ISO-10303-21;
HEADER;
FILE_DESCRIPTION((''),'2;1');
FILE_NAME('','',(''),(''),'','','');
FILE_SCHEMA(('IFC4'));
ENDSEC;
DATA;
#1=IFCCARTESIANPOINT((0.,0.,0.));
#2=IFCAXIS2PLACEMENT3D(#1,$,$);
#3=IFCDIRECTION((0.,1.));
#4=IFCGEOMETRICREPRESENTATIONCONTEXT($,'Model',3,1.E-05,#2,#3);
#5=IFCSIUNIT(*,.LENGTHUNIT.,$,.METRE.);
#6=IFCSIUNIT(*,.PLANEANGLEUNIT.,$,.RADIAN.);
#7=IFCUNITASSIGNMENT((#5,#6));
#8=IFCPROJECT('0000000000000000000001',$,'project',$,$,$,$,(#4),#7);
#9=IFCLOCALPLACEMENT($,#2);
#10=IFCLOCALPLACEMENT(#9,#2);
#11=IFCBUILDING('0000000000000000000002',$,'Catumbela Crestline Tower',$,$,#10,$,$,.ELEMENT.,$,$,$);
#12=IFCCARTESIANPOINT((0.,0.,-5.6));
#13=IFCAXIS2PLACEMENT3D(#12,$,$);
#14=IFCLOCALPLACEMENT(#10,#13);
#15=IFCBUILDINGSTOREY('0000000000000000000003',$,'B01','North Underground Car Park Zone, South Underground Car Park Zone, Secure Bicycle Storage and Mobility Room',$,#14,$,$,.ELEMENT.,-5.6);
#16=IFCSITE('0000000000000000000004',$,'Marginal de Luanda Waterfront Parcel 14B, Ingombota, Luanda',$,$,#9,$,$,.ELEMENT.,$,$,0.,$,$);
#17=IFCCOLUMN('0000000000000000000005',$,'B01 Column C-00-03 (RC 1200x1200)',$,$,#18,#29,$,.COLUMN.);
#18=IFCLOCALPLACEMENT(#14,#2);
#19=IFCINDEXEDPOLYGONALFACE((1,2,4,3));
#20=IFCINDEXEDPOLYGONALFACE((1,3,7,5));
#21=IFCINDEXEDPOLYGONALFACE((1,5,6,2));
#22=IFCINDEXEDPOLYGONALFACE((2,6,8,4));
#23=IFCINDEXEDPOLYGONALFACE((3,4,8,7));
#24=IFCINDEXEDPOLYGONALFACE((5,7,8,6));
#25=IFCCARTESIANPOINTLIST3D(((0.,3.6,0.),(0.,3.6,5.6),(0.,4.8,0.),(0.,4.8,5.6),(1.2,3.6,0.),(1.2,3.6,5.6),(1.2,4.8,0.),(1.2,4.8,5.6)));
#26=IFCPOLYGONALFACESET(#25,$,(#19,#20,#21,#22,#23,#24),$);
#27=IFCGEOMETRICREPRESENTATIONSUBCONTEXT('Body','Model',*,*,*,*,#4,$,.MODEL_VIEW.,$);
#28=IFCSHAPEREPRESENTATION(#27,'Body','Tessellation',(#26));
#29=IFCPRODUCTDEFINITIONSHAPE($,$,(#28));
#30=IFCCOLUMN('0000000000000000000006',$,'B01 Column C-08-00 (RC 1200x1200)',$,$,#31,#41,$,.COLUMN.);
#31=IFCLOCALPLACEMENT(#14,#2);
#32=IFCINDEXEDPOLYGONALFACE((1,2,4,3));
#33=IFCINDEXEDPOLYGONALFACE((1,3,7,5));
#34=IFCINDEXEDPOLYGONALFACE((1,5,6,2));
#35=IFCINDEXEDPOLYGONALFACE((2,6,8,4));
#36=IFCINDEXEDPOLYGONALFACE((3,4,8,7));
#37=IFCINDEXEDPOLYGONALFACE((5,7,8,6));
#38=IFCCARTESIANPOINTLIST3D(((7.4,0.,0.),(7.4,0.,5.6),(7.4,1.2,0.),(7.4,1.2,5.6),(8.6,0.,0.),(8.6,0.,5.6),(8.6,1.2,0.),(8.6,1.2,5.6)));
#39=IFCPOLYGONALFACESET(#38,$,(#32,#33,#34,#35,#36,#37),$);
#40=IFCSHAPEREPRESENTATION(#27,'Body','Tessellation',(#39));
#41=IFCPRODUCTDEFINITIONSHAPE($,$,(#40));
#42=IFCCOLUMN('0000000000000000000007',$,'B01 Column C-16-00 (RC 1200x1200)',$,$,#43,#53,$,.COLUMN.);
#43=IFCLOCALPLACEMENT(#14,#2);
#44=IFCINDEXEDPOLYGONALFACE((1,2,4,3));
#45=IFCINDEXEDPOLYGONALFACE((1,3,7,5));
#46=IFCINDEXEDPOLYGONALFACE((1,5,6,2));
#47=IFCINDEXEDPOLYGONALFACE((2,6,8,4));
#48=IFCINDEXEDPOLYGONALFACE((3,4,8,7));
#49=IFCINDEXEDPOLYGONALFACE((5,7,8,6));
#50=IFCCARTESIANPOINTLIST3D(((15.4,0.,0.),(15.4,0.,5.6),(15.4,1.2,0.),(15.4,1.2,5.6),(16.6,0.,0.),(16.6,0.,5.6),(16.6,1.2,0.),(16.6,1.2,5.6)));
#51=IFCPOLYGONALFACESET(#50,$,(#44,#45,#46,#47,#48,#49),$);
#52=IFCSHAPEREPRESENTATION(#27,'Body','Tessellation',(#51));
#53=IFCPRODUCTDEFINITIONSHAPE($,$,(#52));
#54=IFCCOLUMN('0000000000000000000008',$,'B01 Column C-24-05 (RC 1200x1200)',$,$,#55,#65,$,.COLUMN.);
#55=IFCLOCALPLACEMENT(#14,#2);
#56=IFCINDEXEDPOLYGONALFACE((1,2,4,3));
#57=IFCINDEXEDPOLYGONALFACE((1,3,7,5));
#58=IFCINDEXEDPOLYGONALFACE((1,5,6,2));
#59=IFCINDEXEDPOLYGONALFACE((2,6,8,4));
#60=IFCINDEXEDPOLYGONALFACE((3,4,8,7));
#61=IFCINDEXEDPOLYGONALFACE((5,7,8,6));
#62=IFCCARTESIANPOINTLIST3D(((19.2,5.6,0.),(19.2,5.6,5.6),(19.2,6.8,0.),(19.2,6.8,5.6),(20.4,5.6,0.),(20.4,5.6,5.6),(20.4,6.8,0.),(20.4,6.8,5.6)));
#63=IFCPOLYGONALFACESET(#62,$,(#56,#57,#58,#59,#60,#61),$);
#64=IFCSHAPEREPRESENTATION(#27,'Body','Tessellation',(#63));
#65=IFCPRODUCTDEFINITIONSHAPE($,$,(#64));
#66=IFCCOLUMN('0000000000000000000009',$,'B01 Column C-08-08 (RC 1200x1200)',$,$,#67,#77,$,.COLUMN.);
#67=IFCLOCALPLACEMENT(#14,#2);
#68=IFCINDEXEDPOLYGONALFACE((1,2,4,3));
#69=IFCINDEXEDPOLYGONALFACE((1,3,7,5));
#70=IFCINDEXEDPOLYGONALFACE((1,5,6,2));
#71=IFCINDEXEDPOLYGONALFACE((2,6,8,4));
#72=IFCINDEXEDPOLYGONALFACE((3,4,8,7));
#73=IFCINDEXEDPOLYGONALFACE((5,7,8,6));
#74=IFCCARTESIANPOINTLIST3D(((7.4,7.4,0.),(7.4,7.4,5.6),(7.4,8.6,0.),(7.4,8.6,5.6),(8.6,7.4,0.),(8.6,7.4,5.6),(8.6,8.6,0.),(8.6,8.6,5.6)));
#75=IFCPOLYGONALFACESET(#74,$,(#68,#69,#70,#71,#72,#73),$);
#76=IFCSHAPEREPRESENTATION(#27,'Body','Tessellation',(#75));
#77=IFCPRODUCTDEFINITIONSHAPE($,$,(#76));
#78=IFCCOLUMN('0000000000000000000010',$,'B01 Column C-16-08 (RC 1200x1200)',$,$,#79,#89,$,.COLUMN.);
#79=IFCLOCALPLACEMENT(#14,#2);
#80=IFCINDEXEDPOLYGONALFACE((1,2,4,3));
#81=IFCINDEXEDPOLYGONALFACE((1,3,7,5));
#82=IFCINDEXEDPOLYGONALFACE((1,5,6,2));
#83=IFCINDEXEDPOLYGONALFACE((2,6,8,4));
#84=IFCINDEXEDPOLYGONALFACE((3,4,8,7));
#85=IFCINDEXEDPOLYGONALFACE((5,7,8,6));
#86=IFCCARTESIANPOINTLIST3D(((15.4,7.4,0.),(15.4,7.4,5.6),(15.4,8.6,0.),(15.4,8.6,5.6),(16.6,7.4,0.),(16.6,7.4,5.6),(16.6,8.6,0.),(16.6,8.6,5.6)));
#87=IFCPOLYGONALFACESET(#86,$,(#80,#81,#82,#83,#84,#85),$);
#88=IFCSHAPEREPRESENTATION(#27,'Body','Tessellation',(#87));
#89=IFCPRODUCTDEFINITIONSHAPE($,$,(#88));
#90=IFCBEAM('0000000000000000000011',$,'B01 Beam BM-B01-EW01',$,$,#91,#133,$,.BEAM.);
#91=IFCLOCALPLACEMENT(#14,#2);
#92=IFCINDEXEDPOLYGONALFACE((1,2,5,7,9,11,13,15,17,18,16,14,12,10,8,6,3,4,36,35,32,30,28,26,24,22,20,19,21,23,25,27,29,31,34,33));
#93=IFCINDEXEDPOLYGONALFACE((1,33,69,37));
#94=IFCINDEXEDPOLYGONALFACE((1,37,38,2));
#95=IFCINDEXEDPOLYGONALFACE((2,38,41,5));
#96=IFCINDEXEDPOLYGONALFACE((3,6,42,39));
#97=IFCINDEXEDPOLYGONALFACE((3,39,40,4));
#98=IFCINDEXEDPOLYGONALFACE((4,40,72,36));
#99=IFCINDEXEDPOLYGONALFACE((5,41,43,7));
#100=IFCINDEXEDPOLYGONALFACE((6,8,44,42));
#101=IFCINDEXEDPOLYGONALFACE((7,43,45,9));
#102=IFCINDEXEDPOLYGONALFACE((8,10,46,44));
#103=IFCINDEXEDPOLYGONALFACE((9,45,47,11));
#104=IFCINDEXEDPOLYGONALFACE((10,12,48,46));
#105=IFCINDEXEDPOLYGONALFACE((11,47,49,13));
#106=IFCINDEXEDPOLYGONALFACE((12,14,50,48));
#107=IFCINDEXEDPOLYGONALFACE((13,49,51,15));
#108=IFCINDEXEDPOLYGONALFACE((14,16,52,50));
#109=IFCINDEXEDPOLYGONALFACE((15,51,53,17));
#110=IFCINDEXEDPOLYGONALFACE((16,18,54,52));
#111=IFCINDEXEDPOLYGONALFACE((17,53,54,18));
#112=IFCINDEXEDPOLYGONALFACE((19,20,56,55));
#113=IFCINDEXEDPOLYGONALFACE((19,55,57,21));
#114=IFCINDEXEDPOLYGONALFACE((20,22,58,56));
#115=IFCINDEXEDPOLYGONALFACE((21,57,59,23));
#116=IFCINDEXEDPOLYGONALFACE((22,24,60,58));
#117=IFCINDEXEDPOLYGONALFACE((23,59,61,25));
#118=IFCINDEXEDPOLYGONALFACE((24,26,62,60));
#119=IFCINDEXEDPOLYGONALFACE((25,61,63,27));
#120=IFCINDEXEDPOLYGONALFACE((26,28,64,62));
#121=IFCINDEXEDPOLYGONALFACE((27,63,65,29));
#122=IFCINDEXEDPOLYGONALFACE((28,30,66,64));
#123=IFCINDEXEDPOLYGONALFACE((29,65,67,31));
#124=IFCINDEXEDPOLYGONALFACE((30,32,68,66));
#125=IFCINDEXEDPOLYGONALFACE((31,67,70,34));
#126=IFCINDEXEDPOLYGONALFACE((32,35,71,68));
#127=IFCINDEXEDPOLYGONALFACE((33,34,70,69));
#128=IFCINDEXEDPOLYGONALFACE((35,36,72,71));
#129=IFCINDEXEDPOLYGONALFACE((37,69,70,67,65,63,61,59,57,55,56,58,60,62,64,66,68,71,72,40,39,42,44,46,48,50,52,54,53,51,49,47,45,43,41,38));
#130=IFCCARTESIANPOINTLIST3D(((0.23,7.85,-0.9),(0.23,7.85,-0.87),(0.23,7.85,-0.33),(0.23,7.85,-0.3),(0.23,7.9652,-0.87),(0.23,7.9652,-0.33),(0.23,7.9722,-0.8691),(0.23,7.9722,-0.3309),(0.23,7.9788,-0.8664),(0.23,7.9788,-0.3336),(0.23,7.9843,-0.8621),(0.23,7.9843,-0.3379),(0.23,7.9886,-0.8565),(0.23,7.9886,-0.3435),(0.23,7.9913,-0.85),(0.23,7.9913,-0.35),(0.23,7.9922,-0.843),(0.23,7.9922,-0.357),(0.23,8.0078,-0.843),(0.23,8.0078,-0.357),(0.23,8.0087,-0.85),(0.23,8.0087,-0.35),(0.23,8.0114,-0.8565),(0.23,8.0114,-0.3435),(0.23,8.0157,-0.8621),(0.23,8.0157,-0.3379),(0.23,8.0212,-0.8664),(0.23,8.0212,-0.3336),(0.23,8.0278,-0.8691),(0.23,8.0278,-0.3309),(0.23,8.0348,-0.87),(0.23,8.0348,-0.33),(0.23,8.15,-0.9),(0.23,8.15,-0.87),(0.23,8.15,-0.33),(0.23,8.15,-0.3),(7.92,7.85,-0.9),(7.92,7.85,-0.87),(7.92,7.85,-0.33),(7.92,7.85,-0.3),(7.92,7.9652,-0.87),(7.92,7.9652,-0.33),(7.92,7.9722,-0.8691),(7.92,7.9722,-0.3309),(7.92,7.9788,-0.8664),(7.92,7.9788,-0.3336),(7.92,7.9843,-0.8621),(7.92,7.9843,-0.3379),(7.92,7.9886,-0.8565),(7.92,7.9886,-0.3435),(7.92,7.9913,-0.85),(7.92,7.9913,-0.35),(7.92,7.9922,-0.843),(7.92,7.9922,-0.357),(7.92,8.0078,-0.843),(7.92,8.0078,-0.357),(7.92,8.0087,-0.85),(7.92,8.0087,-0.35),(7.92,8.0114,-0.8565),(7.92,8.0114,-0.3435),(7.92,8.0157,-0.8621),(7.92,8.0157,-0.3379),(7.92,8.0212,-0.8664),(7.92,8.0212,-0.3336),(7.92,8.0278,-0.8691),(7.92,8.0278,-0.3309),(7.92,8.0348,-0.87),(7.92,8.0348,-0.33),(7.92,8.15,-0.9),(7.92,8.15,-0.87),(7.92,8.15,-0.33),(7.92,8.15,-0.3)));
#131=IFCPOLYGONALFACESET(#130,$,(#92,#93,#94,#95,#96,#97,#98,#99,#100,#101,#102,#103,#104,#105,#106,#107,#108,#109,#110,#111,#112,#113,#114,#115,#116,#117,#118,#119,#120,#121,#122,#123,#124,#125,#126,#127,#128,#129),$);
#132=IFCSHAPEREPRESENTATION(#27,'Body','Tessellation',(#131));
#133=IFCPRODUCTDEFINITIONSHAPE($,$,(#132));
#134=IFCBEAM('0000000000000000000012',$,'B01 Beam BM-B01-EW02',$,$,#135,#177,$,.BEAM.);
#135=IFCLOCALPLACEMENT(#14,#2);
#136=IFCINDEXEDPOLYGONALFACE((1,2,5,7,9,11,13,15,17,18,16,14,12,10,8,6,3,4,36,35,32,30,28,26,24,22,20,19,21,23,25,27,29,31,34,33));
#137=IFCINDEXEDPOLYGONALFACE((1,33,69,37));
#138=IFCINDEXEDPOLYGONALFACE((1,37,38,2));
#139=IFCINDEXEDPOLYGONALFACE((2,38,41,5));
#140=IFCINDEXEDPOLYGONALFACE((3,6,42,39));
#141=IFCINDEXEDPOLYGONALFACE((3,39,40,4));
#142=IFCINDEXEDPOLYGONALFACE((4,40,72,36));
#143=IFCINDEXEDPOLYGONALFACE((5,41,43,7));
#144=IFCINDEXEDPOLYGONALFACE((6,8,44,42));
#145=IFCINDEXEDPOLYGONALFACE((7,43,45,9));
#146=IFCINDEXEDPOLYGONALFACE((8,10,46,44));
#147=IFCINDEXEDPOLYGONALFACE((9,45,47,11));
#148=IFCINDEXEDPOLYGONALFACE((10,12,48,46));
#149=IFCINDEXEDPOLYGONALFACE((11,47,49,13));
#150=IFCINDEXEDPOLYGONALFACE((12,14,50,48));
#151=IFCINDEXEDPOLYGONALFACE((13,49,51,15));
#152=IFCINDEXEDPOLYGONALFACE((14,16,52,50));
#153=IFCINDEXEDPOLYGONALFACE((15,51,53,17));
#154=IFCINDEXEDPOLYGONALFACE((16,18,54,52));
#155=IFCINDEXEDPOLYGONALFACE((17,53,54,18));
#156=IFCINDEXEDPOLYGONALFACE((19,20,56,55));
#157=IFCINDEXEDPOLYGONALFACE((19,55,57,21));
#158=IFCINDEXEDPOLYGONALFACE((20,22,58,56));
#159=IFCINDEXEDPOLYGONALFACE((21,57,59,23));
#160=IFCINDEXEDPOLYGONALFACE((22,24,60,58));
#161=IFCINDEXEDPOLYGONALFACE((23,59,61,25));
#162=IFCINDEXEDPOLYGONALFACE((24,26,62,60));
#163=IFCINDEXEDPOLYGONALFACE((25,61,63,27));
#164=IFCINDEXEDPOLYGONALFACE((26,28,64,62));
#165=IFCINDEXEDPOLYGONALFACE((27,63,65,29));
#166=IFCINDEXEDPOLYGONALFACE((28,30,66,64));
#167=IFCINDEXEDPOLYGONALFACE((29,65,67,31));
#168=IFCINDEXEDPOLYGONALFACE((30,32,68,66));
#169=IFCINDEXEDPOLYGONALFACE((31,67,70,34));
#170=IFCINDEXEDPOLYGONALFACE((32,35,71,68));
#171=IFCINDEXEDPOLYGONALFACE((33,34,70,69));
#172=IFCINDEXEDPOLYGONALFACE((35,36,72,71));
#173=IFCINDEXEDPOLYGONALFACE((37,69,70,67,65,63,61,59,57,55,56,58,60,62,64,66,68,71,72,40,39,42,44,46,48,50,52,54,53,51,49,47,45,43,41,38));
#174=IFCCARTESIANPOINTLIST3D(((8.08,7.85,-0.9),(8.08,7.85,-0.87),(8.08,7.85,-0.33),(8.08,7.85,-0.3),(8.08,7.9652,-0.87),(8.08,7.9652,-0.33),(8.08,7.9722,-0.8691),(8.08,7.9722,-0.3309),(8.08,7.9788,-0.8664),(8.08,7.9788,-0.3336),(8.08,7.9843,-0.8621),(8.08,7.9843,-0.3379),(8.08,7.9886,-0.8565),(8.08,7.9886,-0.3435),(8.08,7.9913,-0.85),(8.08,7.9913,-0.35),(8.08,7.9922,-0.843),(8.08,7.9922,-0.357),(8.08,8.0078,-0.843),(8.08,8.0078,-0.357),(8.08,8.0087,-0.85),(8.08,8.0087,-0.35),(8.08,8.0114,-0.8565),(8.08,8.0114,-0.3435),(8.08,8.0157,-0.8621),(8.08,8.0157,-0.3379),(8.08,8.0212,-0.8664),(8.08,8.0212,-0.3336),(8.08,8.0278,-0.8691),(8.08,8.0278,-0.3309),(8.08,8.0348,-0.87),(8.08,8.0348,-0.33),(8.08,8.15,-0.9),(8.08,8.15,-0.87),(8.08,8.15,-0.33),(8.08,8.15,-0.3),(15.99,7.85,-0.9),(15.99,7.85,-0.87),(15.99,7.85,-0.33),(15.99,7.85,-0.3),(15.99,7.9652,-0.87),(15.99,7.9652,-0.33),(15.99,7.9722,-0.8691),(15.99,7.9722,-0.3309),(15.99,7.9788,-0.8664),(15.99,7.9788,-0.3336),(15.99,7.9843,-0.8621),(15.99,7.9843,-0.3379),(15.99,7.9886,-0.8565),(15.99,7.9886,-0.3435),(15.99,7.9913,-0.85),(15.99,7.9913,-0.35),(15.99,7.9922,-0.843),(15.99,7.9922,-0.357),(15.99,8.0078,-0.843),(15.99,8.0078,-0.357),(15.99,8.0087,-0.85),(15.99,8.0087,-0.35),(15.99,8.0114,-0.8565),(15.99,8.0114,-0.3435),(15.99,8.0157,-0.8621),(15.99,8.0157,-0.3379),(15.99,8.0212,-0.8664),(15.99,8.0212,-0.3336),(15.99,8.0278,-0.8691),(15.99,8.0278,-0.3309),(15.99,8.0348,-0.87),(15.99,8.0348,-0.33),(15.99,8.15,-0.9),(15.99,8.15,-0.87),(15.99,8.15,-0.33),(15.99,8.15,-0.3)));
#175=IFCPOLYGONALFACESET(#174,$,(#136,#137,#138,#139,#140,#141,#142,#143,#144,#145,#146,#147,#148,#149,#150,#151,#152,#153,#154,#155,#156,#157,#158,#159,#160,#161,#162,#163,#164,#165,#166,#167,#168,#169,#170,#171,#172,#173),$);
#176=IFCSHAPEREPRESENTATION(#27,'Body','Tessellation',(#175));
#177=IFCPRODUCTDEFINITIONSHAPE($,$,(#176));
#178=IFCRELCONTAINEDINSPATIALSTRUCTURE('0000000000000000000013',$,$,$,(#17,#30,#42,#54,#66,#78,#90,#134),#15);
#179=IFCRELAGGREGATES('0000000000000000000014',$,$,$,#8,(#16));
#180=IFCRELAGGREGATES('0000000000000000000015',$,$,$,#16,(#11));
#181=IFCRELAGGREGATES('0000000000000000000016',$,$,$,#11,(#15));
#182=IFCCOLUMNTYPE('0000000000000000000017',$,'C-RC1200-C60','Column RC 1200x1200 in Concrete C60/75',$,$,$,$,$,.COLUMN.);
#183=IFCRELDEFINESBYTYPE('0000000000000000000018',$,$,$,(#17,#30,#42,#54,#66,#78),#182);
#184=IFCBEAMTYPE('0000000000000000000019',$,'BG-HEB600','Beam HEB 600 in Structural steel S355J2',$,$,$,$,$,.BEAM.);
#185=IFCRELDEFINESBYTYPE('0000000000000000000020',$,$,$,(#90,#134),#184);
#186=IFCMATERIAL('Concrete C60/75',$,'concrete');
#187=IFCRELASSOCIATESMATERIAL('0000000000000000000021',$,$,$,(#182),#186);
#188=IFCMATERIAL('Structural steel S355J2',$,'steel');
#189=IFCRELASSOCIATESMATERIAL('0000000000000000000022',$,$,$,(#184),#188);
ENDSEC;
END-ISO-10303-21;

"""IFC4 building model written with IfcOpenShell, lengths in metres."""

from ifc_helpers import new_model, si_unit, direction, frame, origin, origin_2d, place, context, subcontext, project, spatial, rectangle, i_section, extrude, material, material_profile, profile_set, type_object, element, save


model = new_model("IFC4")

# Units and contexts
model_context = context("Model", 3, precision=1e-05, world=origin(), true_north=direction((0.0, 1.0)))
body_context = subcontext(model_context, "Body", "Model", "MODEL_VIEW")
ifc_project = project(units=[si_unit("LENGTHUNIT", "METRE"), si_unit("PLANEANGLEUNIT", "RADIAN")], contexts=[model_context])

# Site, building, storey
site_placement = place(None, origin())
site = spatial("IfcSite", under=ifc_project, at=site_placement, Name="Marginal de Luanda Waterfront Parcel 14B, Ingombota, Luanda", CompositionType="ELEMENT", RefElevation=0.0)
building_placement = place(site_placement, origin())
building = spatial("IfcBuilding", under=site, at=building_placement, Name="Catumbela Crestline Tower", CompositionType="ELEMENT")
storey_placement = place(building_placement, frame((0.0, 0.0, -5.6)))
storey = spatial("IfcBuildingStorey", under=building, at=storey_placement, Name="B01", Description="North Underground Car Park Zone, South Underground Car Park Zone, Secure Bicycle Storage and Mobility Room", CompositionType="ELEMENT", Elevation=-5.6)

# Columns
ifc_material_1 = material(Name="Concrete C60/75", Category="concrete")
ifc_material_profile_1 = material_profile(ifc_material_1, rectangle(XDim=1.2, YDim=1.2, at=origin_2d()), Name="RC 1200x1200")
ifc_profile_set_1 = profile_set([ifc_material_profile_1], Name="Concrete C60/75")
column_type = type_object("IfcColumnType", Name="C-RC1200-C60", Description="Column RC 1200x1200 in Concrete C60/75", PredefinedType="COLUMN", material=ifc_profile_set_1)
for number, where, z_axis, x_axis, name in (
    (1, (0.6, 4.2, 0.0), (0.0, 0.0, 1.0), (1.0, 0.0, 0.0), "B01 Column C-00-03 (RC 1200x1200)"),
    (2, (8.0, 0.6, 0.0), (0.0, 0.0, 1.0), (1.0, 0.0, 0.0), "B01 Column C-08-00 (RC 1200x1200)"),
    (3, (16.0, 0.6, 0.0), (0.0, 0.0, 1.0), (1.0, 0.0, 0.0), "B01 Column C-16-00 (RC 1200x1200)"),
    (4, (19.8, 6.2, 0.0), (0.0, 0.0, 1.0), (1.0, 0.0, 0.0), "B01 Column C-24-05 (RC 1200x1200)"),
    (5, (8.0, 8.0, 0.0), (0.0, 0.0, 1.0), (1.0, 0.0, 0.0), "B01 Column C-08-08 (RC 1200x1200)"),
    (6, (16.0, 8.0, 0.0), (0.0, 0.0, 1.0), (1.0, 0.0, 0.0), "B01 Column C-16-08 (RC 1200x1200)"),
):
    element("IfcColumn", number, at=place(storey_placement, frame(where, z_axis=z_axis, x_axis=x_axis)), inside=storey, type_object=column_type, Name=name, PredefinedType="COLUMN", context=body_context, shape_type="SweptSolid", body=[
        extrude(rectangle(XDim=1.2, YDim=1.2, at=origin_2d()), origin(), (0.0, 0.0, 1.0), 5.6),
    ])

# Beams
ifc_material_2 = material(Name="Structural steel S355J2", Category="steel")
ifc_material_profile_2 = material_profile(ifc_material_2, i_section(OverallWidth=0.3, OverallDepth=0.6, WebThickness=0.0155, FlangeThickness=0.03, FilletRadius=0.027, at=origin_2d()), Name="HEB 600")
ifc_profile_set_2 = profile_set([ifc_material_profile_2], Name="Structural steel S355J2")
beam_type_1 = type_object("IfcBeamType", Name="BG-HEB600", Description="Beam HEB 600 in Structural steel S355J2", PredefinedType="BEAM", material=ifc_profile_set_2)
beam_1_placement = place(storey_placement, frame((0.23, 8.0, -0.6), z_axis=(1.0, 0.0, 0.0), x_axis=(0.0, 1.0, 0.0)))
element("IfcBeam", 7, at=beam_1_placement, inside=storey, type_object=beam_type_1, Name="B01 Beam BM-B01-EW01", PredefinedType="BEAM", context=body_context, shape_type="SweptSolid", body=[
    extrude(i_section(OverallWidth=0.3, OverallDepth=0.6, WebThickness=0.0155, FlangeThickness=0.03, FilletRadius=0.027, at=origin_2d()), origin(), (0.0, 0.0, 1.0), 7.69),
])
beam_2_placement = place(storey_placement, frame((8.08, 8.0, -0.6), z_axis=(1.0, 0.0, 0.0), x_axis=(0.0, 1.0, 0.0)))
element("IfcBeam", 8, at=beam_2_placement, inside=storey, type_object=beam_type_1, Name="B01 Beam BM-B01-EW02", PredefinedType="BEAM", context=body_context, shape_type="SweptSolid", body=[
    extrude(i_section(OverallWidth=0.3, OverallDepth=0.6, WebThickness=0.0155, FlangeThickness=0.03, FilletRadius=0.027, at=origin_2d()), origin(), (0.0, 0.0, 1.0), 7.91),
])

save(model, "model.ifc")
